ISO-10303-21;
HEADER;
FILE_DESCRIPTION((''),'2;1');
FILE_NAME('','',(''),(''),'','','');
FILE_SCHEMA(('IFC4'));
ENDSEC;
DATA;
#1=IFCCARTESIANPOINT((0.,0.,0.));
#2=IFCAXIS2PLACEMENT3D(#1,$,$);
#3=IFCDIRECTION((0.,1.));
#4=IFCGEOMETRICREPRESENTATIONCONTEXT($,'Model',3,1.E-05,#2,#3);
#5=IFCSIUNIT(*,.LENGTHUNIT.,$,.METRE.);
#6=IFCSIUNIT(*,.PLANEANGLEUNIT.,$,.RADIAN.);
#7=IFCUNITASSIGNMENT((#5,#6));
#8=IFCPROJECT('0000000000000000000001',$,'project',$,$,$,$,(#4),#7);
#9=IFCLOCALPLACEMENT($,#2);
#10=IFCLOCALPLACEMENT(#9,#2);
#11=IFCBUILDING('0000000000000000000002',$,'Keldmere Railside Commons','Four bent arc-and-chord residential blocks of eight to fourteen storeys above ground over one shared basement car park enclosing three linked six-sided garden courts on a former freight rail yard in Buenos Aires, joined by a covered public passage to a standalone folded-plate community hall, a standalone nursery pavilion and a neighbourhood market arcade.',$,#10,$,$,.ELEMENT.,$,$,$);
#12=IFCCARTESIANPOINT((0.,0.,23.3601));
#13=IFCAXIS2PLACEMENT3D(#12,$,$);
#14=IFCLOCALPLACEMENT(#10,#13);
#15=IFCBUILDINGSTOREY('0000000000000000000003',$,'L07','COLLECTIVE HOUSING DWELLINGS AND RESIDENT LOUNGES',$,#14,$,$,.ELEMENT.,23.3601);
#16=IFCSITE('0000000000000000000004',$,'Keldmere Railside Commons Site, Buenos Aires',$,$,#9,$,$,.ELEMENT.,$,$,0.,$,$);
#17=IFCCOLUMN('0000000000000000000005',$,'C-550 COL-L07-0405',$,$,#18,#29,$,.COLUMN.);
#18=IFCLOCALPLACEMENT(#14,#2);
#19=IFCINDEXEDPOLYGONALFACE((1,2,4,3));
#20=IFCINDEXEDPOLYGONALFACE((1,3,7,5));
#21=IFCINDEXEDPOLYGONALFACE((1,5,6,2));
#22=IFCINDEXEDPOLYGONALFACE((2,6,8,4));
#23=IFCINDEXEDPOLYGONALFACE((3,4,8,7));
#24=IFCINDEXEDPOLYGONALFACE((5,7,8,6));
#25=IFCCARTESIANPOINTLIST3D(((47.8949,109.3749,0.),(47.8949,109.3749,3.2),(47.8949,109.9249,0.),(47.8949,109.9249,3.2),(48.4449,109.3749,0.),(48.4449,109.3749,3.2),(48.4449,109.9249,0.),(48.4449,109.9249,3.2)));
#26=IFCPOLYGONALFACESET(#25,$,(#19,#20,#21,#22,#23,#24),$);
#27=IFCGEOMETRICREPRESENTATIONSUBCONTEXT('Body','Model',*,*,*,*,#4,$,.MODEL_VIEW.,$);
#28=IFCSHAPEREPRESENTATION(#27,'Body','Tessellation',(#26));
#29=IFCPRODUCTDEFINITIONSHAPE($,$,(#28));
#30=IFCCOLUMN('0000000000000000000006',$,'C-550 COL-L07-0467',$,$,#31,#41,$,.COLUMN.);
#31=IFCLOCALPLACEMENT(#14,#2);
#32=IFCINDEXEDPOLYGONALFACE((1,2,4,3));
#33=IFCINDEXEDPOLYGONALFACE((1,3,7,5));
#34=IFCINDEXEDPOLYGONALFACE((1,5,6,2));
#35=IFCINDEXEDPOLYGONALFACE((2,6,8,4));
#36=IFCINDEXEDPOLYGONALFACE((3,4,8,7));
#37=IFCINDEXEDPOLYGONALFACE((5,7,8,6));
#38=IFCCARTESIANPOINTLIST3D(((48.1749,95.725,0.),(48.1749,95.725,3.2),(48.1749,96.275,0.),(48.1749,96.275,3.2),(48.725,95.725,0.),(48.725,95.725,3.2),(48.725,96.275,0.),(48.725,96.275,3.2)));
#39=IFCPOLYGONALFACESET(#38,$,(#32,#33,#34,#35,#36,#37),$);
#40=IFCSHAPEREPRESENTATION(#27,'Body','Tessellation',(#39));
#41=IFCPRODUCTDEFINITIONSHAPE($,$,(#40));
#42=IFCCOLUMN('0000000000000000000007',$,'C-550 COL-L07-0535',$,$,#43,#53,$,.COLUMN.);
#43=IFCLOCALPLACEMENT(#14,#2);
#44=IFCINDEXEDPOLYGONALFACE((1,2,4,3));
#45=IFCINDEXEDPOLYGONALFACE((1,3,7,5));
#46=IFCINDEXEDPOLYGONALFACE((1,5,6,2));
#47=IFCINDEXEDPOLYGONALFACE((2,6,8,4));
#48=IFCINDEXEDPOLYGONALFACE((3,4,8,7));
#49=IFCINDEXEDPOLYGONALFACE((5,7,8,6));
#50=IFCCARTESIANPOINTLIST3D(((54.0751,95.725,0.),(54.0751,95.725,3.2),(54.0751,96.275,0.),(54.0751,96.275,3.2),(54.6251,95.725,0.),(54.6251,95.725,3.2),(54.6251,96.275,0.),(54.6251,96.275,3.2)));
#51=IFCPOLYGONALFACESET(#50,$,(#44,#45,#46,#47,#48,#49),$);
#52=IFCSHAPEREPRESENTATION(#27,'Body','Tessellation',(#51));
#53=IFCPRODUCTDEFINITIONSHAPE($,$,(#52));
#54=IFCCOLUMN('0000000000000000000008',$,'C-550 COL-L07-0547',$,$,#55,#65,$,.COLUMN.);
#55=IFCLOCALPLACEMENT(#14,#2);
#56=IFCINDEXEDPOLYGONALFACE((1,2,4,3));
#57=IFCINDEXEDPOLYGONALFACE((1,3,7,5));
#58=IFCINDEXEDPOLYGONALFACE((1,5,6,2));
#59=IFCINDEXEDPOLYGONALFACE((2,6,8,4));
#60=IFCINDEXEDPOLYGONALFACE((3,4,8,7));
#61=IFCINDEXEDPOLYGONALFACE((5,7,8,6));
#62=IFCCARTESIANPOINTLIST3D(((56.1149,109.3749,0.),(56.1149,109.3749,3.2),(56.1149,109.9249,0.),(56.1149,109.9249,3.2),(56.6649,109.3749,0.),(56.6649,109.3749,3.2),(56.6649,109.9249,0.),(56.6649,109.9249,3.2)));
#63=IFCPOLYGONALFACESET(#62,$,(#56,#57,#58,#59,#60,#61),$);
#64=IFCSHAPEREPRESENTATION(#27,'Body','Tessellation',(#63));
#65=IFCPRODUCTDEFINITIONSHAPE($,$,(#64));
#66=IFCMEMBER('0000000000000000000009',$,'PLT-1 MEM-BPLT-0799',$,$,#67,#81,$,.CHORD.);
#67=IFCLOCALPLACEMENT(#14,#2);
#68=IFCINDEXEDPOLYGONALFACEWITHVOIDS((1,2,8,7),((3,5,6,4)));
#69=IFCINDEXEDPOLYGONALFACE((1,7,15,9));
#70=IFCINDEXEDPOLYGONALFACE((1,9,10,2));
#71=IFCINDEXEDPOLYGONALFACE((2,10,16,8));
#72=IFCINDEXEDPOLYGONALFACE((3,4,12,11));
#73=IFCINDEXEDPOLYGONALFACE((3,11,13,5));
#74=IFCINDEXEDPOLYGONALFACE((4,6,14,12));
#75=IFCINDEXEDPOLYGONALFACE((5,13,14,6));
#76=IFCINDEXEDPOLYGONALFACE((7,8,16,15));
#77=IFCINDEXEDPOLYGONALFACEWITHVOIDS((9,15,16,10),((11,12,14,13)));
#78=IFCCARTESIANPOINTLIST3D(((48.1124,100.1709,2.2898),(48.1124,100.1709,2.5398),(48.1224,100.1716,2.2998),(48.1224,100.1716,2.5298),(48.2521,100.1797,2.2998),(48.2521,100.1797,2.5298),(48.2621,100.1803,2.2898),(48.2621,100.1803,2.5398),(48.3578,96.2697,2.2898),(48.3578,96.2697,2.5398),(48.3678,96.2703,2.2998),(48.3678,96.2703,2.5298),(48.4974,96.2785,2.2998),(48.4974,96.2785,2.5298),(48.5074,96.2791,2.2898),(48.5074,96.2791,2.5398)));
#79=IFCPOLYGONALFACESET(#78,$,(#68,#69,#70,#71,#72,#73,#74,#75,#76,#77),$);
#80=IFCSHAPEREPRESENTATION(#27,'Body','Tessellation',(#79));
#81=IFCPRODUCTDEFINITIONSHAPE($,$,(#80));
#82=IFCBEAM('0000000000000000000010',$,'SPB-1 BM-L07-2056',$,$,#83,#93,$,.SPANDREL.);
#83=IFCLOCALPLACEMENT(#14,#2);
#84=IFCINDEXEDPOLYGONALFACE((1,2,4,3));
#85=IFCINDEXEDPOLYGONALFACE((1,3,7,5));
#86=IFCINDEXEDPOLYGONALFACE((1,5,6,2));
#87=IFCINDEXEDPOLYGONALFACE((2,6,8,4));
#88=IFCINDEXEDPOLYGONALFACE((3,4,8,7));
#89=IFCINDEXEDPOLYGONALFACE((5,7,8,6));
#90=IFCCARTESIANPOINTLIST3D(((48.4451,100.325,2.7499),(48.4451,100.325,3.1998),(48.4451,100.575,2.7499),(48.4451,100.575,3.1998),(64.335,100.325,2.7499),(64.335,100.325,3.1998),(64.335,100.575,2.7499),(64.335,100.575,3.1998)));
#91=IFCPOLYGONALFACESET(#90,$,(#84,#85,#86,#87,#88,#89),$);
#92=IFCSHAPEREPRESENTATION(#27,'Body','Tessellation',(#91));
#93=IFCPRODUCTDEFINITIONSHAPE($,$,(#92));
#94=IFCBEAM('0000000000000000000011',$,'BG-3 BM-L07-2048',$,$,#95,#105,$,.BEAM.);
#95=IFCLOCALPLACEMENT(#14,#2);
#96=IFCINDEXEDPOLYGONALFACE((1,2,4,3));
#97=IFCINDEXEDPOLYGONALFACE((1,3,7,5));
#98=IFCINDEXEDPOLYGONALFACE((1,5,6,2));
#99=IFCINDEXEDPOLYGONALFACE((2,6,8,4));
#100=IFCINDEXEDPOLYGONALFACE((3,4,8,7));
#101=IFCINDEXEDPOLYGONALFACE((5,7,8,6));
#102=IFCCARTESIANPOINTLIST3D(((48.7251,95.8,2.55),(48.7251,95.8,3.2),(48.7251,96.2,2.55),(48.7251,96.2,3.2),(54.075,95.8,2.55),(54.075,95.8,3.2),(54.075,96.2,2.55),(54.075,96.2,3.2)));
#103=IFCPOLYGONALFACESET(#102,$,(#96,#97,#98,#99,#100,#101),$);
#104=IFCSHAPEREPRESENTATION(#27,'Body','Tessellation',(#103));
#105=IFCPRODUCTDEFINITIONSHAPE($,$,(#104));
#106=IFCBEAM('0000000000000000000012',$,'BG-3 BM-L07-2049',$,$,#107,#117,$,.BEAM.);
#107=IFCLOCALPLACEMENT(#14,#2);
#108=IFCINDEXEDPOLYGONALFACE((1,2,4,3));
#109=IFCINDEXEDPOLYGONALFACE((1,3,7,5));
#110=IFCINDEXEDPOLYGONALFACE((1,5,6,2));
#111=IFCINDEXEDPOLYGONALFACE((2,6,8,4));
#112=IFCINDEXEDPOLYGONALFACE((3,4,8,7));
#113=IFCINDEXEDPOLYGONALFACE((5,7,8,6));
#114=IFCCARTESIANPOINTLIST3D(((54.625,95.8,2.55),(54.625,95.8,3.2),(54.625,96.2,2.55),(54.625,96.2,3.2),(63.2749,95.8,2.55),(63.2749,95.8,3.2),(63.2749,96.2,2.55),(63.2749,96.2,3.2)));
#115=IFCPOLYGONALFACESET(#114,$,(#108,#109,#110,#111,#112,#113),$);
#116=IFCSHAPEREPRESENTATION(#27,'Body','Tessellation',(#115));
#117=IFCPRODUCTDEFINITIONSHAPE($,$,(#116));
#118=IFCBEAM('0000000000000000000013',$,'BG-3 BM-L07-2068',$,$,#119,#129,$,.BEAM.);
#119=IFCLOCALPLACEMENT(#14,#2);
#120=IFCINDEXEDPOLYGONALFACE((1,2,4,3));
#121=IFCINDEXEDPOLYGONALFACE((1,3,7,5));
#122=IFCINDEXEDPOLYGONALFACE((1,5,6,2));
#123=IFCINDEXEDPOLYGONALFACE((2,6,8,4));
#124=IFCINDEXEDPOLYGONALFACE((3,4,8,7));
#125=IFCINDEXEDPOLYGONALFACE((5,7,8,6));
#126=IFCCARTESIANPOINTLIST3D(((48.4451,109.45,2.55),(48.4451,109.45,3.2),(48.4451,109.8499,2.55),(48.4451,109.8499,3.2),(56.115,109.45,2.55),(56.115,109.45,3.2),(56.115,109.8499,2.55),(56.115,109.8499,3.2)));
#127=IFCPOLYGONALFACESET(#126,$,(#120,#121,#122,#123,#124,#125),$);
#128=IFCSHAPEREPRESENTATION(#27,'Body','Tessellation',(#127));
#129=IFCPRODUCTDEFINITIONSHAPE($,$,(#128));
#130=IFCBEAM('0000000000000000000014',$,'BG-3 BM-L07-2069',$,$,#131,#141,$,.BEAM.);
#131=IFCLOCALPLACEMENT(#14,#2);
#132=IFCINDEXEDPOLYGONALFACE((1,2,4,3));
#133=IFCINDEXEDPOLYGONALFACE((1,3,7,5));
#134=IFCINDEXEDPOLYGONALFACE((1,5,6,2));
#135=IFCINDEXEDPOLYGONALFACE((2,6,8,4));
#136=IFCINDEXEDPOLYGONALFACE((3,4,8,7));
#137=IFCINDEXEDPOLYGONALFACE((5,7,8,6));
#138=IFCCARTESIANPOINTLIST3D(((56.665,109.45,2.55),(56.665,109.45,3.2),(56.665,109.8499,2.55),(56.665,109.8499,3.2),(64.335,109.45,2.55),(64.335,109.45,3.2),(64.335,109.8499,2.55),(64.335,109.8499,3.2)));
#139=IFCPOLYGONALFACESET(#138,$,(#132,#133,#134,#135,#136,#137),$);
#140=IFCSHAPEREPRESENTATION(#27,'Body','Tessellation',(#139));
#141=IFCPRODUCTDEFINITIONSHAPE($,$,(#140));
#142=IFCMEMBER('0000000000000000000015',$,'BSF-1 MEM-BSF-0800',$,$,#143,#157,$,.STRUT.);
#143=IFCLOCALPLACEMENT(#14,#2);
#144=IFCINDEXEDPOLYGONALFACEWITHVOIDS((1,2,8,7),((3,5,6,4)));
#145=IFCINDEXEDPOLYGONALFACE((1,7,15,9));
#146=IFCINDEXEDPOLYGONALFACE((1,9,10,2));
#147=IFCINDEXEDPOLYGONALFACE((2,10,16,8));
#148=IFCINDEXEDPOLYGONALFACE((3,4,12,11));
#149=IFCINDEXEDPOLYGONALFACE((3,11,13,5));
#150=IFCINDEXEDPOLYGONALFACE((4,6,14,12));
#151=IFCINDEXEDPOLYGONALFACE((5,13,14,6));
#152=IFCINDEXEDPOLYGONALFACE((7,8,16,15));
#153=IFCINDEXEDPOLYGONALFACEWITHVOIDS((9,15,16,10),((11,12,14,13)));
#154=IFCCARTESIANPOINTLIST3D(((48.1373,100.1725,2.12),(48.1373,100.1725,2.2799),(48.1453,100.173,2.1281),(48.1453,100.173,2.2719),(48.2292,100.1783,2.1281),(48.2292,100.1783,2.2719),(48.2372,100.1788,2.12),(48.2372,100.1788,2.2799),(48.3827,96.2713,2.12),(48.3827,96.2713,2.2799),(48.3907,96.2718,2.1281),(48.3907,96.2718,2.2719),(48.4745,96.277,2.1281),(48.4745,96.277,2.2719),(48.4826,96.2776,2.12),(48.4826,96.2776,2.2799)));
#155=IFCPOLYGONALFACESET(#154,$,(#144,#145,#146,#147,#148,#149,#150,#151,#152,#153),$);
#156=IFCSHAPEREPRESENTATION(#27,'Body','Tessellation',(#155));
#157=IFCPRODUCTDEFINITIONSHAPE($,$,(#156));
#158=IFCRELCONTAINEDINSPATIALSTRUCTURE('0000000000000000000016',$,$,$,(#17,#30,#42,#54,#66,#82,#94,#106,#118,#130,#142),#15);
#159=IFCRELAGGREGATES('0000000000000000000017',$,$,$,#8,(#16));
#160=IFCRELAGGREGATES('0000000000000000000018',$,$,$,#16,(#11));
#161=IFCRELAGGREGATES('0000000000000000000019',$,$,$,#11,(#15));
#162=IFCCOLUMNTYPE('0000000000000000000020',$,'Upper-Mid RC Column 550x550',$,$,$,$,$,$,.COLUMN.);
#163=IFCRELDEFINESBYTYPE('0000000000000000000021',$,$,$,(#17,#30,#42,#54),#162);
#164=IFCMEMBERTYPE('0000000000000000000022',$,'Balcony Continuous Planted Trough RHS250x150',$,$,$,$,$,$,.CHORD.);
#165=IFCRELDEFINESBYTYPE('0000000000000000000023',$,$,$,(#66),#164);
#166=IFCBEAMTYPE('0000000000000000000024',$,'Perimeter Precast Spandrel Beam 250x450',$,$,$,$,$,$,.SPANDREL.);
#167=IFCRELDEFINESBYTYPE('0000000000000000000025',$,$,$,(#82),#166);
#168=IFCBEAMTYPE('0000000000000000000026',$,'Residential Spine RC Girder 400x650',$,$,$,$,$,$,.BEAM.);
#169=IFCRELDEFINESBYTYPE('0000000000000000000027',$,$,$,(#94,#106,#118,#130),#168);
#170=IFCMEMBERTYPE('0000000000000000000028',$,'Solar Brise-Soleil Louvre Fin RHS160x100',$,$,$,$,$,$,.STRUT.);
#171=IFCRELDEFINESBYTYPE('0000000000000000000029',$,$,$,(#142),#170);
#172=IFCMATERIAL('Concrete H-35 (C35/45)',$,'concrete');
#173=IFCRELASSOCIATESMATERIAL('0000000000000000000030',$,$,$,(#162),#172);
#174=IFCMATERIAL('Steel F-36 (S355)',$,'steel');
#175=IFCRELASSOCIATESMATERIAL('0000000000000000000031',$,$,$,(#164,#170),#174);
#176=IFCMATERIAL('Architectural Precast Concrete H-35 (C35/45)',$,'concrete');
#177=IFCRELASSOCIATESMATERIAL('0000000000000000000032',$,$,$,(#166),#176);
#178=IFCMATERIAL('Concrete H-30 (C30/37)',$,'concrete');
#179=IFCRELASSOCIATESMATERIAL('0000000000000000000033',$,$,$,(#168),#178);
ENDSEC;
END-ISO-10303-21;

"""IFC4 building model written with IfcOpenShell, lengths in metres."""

from ifc_helpers import new_model, si_unit, direction, frame, origin, origin_2d, place, context, subcontext, project, spatial, rectangle, hollow_rectangle, extrude, material, material_profile, profile_set, type_object, element, save


model = new_model("IFC4")

# Units and contexts
model_context = context("Model", 3, precision=1e-05, world=origin(), true_north=direction((0.0, 1.0)))
body_context = subcontext(model_context, "Body", "Model", "MODEL_VIEW")
ifc_project = project(units=[si_unit("LENGTHUNIT", "METRE"), si_unit("PLANEANGLEUNIT", "RADIAN")], contexts=[model_context])

# Site, building, storey
site_placement = place(None, origin())
site = spatial("IfcSite", under=ifc_project, at=site_placement, Name="Keldmere Railside Commons Site, Buenos Aires", CompositionType="ELEMENT", RefElevation=0.0)
building_placement = place(site_placement, origin())
building = spatial("IfcBuilding", under=site, at=building_placement, Name="Keldmere Railside Commons", Description="Four bent arc-and-chord residential blocks of eight to fourteen storeys above ground over one shared basement car park enclosing three linked six-sided garden courts on a former freight rail yard in Buenos Aires, joined by a covered public passage to a standalone folded-plate community hall, a standalone nursery pavilion and a neighbourhood market arcade.", CompositionType="ELEMENT")
storey_placement = place(building_placement, frame((0.0, 0.0, 23.3601)))
storey = spatial("IfcBuildingStorey", under=building, at=storey_placement, Name="L07", Description="COLLECTIVE HOUSING DWELLINGS AND RESIDENT LOUNGES", CompositionType="ELEMENT", Elevation=23.3601)

# Columns
ifc_material_1 = material(Name="Concrete H-35 (C35/45)", Category="concrete")
ifc_material_profile_1 = material_profile(ifc_material_1, rectangle(XDim=0.55, YDim=0.55, at=origin_2d()), Name="RC-550x550")
ifc_profile_set_1 = profile_set([ifc_material_profile_1], Name="Concrete H-35 (C35/45)")
column_type = type_object("IfcColumnType", Name="Upper-Mid RC Column 550x550", PredefinedType="COLUMN", material=ifc_profile_set_1)
for number, where, z_axis, x_axis, name in (
    (1, (48.1699, 109.6499, 0.0), (0.0, 0.0, 1.0), (1.0, 0.0, 0.0), "C-550 COL-L07-0405"),
    (2, (48.45, 96.0, 0.0), (0.0, 0.0, 1.0), (1.0, 0.0, 0.0), "C-550 COL-L07-0467"),
    (3, (54.3501, 96.0, 0.0), (0.0, 0.0, 1.0), (1.0, 0.0, 0.0), "C-550 COL-L07-0535"),
    (4, (56.3899, 109.6499, 0.0), (0.0, 0.0, 1.0), (1.0, 0.0, 0.0), "C-550 COL-L07-0547"),
):
    element("IfcColumn", number, at=place(storey_placement, frame(where, z_axis=z_axis, x_axis=x_axis)), inside=storey, type_object=column_type, Name=name, PredefinedType="COLUMN", context=body_context, shape_type="SweptSolid", body=[
        extrude(rectangle(XDim=0.55, YDim=0.55, at=origin_2d()), origin(), (0.0, 0.0, 1.0), 3.2),
    ])

# Member
ifc_material_2 = material(Name="Steel F-36 (S355)", Category="steel")
ifc_material_profile_2 = material_profile(ifc_material_2, hollow_rectangle(XDim=0.1499, YDim=0.25, WallThickness=0.01, at=origin_2d()), Name="RHS-250x150x10")
ifc_profile_set_2 = profile_set([ifc_material_profile_2], Name="Steel F-36 (S355)")
member_type_1 = type_object("IfcMemberType", Name="Balcony Continuous Planted Trough RHS250x150", PredefinedType="CHORD", material=ifc_profile_set_2)
member_1_placement = place(storey_placement, frame((48.4326, 96.2744, 2.4148), z_axis=(-0.062771, 0.998028, 0.0), x_axis=(-0.998028, -0.062771, 0.0)))
element("IfcMember", 5, at=member_1_placement, inside=storey, type_object=member_type_1, Name="PLT-1 MEM-BPLT-0799", PredefinedType="CHORD", context=body_context, shape_type="SweptSolid", body=[
    extrude(hollow_rectangle(XDim=0.1499, YDim=0.25, WallThickness=0.01, at=origin_2d()), origin(), (0.0, 0.0, 1.0), 3.9089),
])

# Beams
ifc_material_3 = material(Name="Architectural Precast Concrete H-35 (C35/45)", Category="concrete")
ifc_material_profile_3 = material_profile(ifc_material_3, rectangle(XDim=0.25, YDim=0.45, at=origin_2d()), Name="RC-250x450")
ifc_profile_set_3 = profile_set([ifc_material_profile_3], Name="Architectural Precast Concrete H-35 (C35/45)")
beam_type_1 = type_object("IfcBeamType", Name="Perimeter Precast Spandrel Beam 250x450", PredefinedType="SPANDREL", material=ifc_profile_set_3)
beam_1_placement = place(storey_placement, frame((48.4451, 100.45, 2.9749), z_axis=(1.0, 0.0, 0.0), x_axis=(0.0, 1.0, 0.0)))
element("IfcBeam", 6, at=beam_1_placement, inside=storey, type_object=beam_type_1, Name="SPB-1 BM-L07-2056", PredefinedType="SPANDREL", context=body_context, shape_type="SweptSolid", body=[
    extrude(rectangle(XDim=0.25, YDim=0.45, at=origin_2d()), origin(), (0.0, 0.0, 1.0), 15.8899),
])
ifc_material_4 = material(Name="Concrete H-30 (C30/37)", Category="concrete")
ifc_material_profile_4 = material_profile(ifc_material_4, rectangle(XDim=0.3999, YDim=0.6499, at=origin_2d()), Name="RC-400x650")
ifc_profile_set_4 = profile_set([ifc_material_profile_4], Name="Concrete H-30 (C30/37)")
beam_type_2 = type_object("IfcBeamType", Name="Residential Spine RC Girder 400x650", PredefinedType="BEAM", material=ifc_profile_set_4)
beam_2_placement = place(storey_placement, frame((48.7251, 96.0, 2.875), z_axis=(1.0, 0.0, 0.0), x_axis=(0.0, 1.0, 0.0)))
element("IfcBeam", 7, at=beam_2_placement, inside=storey, type_object=beam_type_2, Name="BG-3 BM-L07-2048", PredefinedType="BEAM", context=body_context, shape_type="SweptSolid", body=[
    extrude(rectangle(XDim=0.3999, YDim=0.6499, at=origin_2d()), origin(), (0.0, 0.0, 1.0), 5.3499),
])
beam_3_placement = place(storey_placement, frame((54.625, 96.0, 2.875), z_axis=(1.0, 0.0, 0.0), x_axis=(0.0, 1.0, 0.0)))
element("IfcBeam", 8, at=beam_3_placement, inside=storey, type_object=beam_type_2, Name="BG-3 BM-L07-2049", PredefinedType="BEAM", context=body_context, shape_type="SweptSolid", body=[
    extrude(rectangle(XDim=0.3999, YDim=0.6499, at=origin_2d()), origin(), (0.0, 0.0, 1.0), 8.6499),
])
for number, where, z_axis, x_axis, name in (
    (9, (48.4451, 109.6499, 2.875), (1.0, 0.0, 0.0), (0.0, 1.0, 0.0), "BG-3 BM-L07-2068"),
    (10, (56.665, 109.6499, 2.875), (1.0, 0.0, 0.0), (0.0, 1.0, 0.0), "BG-3 BM-L07-2069"),
):
    element("IfcBeam", number, at=place(storey_placement, frame(where, z_axis=z_axis, x_axis=x_axis)), inside=storey, type_object=beam_type_2, Name=name, PredefinedType="BEAM", context=body_context, shape_type="SweptSolid", body=[
        extrude(rectangle(XDim=0.3999, YDim=0.6499, at=origin_2d()), origin(), (0.0, 0.0, 1.0), 7.6699),
    ])

# Member
ifc_material_profile_5 = material_profile(ifc_material_2, hollow_rectangle(XDim=0.1001, YDim=0.1599, WallThickness=0.0081, at=origin_2d()), Name="RHS-160x100x8")
ifc_profile_set_5 = profile_set([ifc_material_profile_5], Name="Steel F-36 (S355)")
member_type_2 = type_object("IfcMemberType", Name="Solar Brise-Soleil Louvre Fin RHS160x100", PredefinedType="STRUT", material=ifc_profile_set_5)
member_2_placement = place(storey_placement, frame((48.4326, 96.2744, 2.2), z_axis=(-0.062771, 0.998028, 0.0), x_axis=(-0.998028, -0.062771, 0.0)))
element("IfcMember", 11, at=member_2_placement, inside=storey, type_object=member_type_2, Name="BSF-1 MEM-BSF-0800", PredefinedType="STRUT", context=body_context, shape_type="SweptSolid", body=[
    extrude(hollow_rectangle(XDim=0.1001, YDim=0.1599, WallThickness=0.0081, at=origin_2d()), origin(), (0.0, 0.0, 1.0), 3.9089),
])

save(model, "model.ifc")
